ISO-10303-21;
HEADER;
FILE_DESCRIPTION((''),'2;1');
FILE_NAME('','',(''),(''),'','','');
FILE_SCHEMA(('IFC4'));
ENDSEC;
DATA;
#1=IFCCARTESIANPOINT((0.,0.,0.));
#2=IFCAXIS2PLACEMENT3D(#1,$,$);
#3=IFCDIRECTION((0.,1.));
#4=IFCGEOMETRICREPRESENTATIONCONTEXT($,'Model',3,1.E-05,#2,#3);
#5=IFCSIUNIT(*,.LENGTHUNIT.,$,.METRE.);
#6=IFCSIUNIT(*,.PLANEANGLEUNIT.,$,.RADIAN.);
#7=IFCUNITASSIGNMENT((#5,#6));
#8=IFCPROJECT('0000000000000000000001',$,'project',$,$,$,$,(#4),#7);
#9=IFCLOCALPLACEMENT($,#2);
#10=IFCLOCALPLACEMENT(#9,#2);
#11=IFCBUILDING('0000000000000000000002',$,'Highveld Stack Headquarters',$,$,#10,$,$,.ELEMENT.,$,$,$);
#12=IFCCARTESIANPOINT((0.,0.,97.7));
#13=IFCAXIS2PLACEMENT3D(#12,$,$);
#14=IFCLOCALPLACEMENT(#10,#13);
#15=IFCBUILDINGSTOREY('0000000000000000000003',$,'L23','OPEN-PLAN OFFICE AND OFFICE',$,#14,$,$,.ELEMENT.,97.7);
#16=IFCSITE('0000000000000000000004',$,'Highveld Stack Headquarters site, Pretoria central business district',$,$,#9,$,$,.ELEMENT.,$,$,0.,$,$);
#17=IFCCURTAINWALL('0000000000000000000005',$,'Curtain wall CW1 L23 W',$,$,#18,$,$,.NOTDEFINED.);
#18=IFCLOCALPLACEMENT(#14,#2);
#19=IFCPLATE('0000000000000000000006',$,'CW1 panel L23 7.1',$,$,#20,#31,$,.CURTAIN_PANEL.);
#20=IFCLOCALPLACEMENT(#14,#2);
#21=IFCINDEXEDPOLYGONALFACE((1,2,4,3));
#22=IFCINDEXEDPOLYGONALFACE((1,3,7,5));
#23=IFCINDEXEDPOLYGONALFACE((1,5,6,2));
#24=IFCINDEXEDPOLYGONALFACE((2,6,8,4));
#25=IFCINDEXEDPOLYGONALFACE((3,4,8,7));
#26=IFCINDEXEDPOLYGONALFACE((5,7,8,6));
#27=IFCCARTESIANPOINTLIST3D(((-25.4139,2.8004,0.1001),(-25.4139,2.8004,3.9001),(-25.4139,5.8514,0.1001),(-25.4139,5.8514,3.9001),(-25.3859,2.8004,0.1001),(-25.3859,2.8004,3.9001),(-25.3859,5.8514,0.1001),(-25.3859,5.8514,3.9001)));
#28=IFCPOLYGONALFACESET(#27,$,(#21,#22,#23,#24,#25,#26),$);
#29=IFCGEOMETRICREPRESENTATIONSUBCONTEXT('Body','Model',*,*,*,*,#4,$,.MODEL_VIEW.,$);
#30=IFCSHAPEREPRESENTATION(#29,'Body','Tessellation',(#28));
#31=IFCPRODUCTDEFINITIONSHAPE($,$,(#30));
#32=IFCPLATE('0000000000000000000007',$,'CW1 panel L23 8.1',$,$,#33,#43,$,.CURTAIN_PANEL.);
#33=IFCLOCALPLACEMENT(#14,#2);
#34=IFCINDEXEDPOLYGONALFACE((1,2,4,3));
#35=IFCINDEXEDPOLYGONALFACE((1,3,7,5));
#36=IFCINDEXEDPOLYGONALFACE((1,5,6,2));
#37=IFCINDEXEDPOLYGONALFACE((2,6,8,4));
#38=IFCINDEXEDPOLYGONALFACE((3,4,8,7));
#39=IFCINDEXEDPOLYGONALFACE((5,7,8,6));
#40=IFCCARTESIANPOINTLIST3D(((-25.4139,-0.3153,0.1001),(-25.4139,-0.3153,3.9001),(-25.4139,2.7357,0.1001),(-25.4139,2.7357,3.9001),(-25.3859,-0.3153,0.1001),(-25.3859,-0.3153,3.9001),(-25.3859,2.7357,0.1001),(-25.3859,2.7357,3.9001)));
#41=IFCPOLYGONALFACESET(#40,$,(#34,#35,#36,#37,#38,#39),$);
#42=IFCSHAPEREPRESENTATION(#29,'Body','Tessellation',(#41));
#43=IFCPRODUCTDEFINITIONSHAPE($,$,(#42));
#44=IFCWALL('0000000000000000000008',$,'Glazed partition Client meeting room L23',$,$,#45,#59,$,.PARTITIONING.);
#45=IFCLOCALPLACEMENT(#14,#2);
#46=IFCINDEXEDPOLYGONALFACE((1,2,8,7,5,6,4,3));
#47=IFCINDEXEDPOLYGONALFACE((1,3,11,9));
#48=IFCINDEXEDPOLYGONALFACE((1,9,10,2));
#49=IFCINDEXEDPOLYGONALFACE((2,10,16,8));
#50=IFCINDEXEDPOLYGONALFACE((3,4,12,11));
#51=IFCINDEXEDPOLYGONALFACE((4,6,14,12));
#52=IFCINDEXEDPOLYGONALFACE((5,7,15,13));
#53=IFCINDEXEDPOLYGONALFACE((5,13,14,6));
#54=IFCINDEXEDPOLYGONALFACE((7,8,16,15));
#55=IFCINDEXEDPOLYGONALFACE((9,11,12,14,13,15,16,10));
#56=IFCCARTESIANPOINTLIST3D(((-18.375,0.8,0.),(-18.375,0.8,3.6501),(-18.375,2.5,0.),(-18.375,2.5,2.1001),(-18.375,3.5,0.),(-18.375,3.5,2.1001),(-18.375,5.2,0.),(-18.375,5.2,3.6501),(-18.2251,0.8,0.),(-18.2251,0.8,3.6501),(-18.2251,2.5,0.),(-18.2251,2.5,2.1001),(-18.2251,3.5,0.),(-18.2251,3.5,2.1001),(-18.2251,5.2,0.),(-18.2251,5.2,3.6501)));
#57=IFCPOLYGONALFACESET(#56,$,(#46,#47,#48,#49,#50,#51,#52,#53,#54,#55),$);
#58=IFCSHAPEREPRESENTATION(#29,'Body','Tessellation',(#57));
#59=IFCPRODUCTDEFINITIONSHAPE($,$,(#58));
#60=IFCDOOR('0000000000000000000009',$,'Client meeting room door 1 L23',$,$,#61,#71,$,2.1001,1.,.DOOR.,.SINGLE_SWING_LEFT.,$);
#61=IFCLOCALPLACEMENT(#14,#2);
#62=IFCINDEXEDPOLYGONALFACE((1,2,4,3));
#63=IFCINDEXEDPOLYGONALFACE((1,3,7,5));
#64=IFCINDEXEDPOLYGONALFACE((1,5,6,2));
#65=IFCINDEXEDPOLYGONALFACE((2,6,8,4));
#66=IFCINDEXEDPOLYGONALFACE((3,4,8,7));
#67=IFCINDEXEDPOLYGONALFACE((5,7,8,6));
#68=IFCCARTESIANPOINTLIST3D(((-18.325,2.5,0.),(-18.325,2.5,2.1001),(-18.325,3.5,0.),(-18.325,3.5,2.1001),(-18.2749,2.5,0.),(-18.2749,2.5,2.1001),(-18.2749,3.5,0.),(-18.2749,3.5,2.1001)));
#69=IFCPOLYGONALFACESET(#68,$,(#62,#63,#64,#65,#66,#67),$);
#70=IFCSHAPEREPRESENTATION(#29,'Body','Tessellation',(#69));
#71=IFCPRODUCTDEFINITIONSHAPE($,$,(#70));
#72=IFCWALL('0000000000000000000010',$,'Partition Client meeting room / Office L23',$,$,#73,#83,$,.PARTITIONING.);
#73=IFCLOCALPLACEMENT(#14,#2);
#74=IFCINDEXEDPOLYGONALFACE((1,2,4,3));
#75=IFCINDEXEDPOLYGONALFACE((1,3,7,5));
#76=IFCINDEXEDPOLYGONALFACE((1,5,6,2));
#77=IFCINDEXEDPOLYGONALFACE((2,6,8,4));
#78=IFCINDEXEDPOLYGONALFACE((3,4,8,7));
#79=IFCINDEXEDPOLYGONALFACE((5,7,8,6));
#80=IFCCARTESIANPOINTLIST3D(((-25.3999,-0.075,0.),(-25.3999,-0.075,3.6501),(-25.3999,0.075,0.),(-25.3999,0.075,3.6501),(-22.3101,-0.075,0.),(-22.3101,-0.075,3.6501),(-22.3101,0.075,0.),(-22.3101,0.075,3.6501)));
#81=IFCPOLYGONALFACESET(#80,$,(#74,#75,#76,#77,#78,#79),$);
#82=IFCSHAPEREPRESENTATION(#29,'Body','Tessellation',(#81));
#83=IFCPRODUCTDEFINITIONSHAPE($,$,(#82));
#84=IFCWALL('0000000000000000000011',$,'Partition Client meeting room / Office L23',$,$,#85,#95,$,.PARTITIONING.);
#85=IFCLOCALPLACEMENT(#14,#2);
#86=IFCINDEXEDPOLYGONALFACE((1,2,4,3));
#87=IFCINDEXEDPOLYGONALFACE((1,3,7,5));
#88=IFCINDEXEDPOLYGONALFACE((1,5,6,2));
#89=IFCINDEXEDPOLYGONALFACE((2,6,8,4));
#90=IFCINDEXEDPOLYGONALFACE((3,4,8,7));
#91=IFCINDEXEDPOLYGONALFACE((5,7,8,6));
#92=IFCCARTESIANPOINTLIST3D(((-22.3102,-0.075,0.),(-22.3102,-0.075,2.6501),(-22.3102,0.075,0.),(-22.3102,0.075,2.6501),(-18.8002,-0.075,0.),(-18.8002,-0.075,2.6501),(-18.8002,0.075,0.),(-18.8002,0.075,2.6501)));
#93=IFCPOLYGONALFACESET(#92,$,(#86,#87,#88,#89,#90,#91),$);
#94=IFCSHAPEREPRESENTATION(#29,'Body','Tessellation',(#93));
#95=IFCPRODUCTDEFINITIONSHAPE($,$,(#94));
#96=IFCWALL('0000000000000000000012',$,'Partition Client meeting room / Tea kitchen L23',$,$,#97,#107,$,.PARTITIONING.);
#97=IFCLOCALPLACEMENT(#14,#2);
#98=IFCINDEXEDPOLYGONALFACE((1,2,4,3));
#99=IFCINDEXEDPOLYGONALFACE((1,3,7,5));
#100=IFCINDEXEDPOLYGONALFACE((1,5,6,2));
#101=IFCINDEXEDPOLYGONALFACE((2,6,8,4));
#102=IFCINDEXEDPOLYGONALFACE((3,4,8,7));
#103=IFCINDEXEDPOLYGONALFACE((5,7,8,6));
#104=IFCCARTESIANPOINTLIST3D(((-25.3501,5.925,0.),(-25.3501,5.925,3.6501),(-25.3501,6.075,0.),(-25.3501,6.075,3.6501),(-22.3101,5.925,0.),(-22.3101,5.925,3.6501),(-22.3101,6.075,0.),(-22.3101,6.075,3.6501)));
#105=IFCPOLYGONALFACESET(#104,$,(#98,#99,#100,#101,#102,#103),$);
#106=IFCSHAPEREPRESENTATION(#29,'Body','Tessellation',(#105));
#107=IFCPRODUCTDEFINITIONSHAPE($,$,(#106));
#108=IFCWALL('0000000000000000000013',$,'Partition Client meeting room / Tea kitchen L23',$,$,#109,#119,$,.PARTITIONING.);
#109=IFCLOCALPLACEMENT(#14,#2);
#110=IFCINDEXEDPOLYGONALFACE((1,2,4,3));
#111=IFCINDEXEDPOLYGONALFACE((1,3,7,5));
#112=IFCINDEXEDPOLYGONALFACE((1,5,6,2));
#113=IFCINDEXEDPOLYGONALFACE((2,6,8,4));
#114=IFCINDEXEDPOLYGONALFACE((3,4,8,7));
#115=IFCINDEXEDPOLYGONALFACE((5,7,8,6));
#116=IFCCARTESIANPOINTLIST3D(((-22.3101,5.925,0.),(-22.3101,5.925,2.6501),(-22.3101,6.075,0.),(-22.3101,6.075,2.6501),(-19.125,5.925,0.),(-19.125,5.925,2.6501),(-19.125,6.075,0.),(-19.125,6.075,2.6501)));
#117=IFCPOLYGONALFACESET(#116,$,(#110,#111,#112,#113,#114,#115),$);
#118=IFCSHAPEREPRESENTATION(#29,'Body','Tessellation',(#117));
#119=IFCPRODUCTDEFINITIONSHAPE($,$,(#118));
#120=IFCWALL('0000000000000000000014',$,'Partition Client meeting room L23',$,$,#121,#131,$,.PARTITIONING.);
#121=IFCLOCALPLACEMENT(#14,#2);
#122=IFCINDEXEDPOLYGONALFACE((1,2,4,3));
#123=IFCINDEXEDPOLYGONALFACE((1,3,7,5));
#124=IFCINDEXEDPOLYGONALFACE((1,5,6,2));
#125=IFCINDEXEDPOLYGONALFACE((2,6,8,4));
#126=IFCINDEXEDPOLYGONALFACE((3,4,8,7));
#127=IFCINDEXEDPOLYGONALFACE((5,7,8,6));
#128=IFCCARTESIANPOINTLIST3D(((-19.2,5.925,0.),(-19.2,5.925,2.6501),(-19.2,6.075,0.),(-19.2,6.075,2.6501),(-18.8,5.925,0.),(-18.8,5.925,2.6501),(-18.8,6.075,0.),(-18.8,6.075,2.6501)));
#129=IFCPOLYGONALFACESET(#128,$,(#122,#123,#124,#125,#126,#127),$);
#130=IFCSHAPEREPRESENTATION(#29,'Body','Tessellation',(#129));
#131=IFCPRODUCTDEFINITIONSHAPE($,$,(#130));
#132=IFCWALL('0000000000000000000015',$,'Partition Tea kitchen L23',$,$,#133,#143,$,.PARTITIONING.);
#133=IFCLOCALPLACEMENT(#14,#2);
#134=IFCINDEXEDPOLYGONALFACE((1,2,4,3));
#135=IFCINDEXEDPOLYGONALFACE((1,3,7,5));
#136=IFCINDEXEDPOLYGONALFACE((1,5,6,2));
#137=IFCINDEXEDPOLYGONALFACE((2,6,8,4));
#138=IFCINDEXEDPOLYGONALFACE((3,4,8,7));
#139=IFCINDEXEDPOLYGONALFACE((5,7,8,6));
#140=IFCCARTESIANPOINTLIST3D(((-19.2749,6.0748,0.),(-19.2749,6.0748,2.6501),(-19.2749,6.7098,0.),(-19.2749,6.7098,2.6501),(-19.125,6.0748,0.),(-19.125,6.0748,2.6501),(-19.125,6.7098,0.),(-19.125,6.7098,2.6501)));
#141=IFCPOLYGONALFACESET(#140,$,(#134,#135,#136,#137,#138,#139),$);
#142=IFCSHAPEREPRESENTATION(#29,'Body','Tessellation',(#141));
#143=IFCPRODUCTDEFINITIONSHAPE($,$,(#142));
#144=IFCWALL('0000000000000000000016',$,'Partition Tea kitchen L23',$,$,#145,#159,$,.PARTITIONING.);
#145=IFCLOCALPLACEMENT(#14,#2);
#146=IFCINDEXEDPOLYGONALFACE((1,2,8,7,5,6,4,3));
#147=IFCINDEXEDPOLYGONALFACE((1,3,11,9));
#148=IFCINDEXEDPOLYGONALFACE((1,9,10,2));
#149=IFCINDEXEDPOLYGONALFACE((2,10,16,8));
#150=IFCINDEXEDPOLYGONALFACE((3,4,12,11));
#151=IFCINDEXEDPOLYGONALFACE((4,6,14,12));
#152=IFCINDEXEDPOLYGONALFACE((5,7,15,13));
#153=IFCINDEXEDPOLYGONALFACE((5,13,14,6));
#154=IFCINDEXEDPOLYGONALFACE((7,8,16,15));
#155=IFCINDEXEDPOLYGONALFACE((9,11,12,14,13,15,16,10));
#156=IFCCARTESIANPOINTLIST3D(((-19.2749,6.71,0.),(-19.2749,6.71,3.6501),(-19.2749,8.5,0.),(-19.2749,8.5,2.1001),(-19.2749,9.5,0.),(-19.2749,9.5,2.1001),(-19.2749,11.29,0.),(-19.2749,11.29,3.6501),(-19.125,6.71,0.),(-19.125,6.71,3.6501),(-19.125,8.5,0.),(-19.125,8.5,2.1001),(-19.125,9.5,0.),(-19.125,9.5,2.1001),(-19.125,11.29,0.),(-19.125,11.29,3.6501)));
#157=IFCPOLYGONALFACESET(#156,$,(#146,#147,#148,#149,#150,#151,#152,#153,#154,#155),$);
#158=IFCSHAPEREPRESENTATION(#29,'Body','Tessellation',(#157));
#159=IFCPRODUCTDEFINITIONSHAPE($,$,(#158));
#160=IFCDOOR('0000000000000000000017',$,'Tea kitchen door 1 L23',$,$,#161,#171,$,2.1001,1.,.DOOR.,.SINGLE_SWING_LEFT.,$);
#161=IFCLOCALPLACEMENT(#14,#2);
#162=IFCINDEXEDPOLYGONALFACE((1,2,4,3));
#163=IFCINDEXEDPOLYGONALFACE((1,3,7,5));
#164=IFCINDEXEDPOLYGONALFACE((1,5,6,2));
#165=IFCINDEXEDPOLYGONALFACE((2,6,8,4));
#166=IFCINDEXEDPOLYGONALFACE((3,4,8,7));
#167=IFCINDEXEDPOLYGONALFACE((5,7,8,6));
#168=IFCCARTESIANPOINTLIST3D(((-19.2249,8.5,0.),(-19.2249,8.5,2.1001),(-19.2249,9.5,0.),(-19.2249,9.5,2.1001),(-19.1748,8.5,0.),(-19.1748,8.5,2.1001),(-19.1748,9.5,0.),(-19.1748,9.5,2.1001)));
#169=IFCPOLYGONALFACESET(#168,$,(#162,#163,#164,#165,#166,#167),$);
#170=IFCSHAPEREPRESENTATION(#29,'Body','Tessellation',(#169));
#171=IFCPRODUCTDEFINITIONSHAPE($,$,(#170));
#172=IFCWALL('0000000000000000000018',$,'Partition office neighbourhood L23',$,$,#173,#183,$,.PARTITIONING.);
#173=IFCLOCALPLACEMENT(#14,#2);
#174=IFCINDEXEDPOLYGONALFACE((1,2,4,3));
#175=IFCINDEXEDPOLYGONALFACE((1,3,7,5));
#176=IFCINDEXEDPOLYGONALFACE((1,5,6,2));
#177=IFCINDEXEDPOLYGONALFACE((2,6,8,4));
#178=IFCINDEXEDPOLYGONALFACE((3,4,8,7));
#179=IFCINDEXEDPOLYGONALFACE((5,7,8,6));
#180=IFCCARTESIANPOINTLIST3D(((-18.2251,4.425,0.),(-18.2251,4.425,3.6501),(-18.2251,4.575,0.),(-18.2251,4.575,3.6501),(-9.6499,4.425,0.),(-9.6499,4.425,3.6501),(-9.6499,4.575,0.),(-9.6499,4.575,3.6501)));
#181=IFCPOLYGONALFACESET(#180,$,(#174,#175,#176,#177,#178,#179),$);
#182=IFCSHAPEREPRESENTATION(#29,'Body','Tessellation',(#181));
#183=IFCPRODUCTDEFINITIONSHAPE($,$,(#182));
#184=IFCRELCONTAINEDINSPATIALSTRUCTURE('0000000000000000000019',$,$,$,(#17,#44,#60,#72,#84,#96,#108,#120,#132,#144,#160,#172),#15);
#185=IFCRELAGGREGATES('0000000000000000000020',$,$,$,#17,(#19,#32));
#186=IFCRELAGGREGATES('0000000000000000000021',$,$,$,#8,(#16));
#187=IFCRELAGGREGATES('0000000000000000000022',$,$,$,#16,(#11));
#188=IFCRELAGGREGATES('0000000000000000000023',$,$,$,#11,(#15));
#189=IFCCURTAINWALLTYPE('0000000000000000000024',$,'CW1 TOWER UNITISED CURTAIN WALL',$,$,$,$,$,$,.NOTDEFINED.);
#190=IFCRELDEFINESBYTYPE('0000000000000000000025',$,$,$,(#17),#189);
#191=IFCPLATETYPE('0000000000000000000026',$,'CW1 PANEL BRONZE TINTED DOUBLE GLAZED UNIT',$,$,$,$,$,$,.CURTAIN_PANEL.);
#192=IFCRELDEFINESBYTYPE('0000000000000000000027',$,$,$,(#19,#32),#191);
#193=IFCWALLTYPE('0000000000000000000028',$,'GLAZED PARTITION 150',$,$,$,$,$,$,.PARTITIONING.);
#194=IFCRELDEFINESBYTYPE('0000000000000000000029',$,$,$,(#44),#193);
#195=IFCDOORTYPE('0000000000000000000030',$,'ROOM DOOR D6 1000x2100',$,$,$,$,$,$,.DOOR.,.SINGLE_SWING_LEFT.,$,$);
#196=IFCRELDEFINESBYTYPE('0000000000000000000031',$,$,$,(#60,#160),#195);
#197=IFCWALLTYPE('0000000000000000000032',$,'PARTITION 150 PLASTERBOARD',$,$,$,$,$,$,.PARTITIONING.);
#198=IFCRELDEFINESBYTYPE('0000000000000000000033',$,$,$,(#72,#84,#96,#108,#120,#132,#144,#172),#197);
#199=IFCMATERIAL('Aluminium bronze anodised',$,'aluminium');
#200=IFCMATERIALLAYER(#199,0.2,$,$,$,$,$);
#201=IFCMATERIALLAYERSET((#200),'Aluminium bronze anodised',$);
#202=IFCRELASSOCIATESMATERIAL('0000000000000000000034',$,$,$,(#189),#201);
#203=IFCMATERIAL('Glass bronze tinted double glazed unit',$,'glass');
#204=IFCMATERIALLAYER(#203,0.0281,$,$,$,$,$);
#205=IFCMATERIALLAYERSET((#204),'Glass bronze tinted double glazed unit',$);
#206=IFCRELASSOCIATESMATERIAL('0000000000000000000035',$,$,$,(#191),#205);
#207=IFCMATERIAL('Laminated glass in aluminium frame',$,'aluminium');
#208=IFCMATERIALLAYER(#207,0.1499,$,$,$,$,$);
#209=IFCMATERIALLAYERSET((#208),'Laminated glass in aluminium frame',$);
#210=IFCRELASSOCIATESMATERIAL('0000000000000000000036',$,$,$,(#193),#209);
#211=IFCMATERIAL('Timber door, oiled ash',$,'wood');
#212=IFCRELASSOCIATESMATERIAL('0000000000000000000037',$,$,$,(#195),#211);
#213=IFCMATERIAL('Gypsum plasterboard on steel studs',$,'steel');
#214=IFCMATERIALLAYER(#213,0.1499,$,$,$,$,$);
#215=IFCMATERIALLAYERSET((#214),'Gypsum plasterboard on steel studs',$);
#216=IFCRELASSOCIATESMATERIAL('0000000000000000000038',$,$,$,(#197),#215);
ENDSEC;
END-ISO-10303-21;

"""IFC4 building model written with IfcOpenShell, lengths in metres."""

from ifc_helpers import new_model, si_unit, direction, frame, frame_2d, origin, origin_2d, place, context, subcontext, project, spatial, rectangle, extrude, material, layer, layer_set, type_object, element, fill, aggregate, save


model = new_model("IFC4")

# Units and contexts
model_context = context("Model", 3, precision=1e-05, world=origin(), true_north=direction((0.0, 1.0)))
body_context = subcontext(model_context, "Body", "Model", "MODEL_VIEW")
ifc_project = project(units=[si_unit("LENGTHUNIT", "METRE"), si_unit("PLANEANGLEUNIT", "RADIAN")], contexts=[model_context])

# Site, building, storey
site_placement = place(None, origin())
site = spatial("IfcSite", under=ifc_project, at=site_placement, Name="Highveld Stack Headquarters site, Pretoria central business district", CompositionType="ELEMENT", RefElevation=0.0)
building_placement = place(site_placement, origin())
building = spatial("IfcBuilding", under=site, at=building_placement, Name="Highveld Stack Headquarters", CompositionType="ELEMENT")
storey_placement = place(building_placement, frame((0.0, 0.0, 97.7)))
storey = spatial("IfcBuildingStorey", under=building, at=storey_placement, Name="L23", Description="OPEN-PLAN OFFICE AND OFFICE", CompositionType="ELEMENT", Elevation=97.7)

# Curtain wall
ifc_material_1 = material(Name="Aluminium bronze anodised", Category="aluminium")
ifc_layer_1 = layer(ifc_material_1, 0.2)
ifc_layer_set_1 = layer_set([ifc_layer_1], Name="Aluminium bronze anodised")
curtain_wall_type = type_object("IfcCurtainWallType", Name="CW1 TOWER UNITISED CURTAIN WALL", PredefinedType="NOTDEFINED", material=ifc_layer_set_1)
curtain_wall_placement = place(storey_placement, origin())
curtain_wall = element("IfcCurtainWall", 1, at=curtain_wall_placement, inside=storey, type_object=curtain_wall_type, Name="Curtain wall CW1 L23 W", PredefinedType="NOTDEFINED")

# Plates
ifc_material_2 = material(Name="Glass bronze tinted double glazed unit", Category="glass")
ifc_layer_2 = layer(ifc_material_2, 0.0281)
ifc_layer_set_2 = layer_set([ifc_layer_2], Name="Glass bronze tinted double glazed unit")
plate_type = type_object("IfcPlateType", Name="CW1 PANEL BRONZE TINTED DOUBLE GLAZED UNIT", PredefinedType="CURTAIN_PANEL", material=ifc_layer_set_2)
plate_1_placement = place(storey_placement, frame((-25.3999, 4.3259, 0.1001), z_axis=(0.0, 0.0, 1.0), x_axis=(0.0, -1.0, 0.0)))
plate_1 = element("IfcPlate", 2, at=plate_1_placement, type_object=plate_type, Name="CW1 panel L23 7.1", PredefinedType="CURTAIN_PANEL", context=body_context, shape_type="SweptSolid", body=[
    extrude(rectangle(XDim=3.051, YDim=0.0281, at=origin_2d()), origin(), (0.0, 0.0, 1.0), 3.8),
])
plate_2_placement = place(storey_placement, frame((-25.3999, 1.2102, 0.1001), z_axis=(0.0, 0.0, 1.0), x_axis=(0.0, -1.0, 0.0)))
plate_2 = element("IfcPlate", 3, at=plate_2_placement, type_object=plate_type, Name="CW1 panel L23 8.1", PredefinedType="CURTAIN_PANEL", context=body_context, shape_type="SweptSolid", body=[
    extrude(rectangle(XDim=3.051, YDim=0.0281, at=origin_2d()), origin(), (0.0, 0.0, 1.0), 3.8),
])
aggregate(curtain_wall, [plate_1, plate_2])

# Wall, opening, door
ifc_material_3 = material(Name="Laminated glass in aluminium frame", Category="aluminium")
ifc_layer_3 = layer(ifc_material_3, 0.1499)
ifc_layer_set_3 = layer_set([ifc_layer_3], Name="Laminated glass in aluminium frame")
wall_type_1 = type_object("IfcWallType", Name="GLAZED PARTITION 150", PredefinedType="PARTITIONING", material=ifc_layer_set_3)
wall_1_placement = place(storey_placement, frame((-18.3, 0.8, 0.0), z_axis=(0.0, 0.0, 1.0), x_axis=(0.0, 1.0, 0.0)))
wall_1 = element("IfcWall", 4, at=wall_1_placement, inside=storey, type_object=wall_type_1, Name="Glazed partition Client meeting room L23", PredefinedType="PARTITIONING", context=body_context, shape_type="SweptSolid", body=[
    extrude(rectangle(XDim=4.3999, YDim=0.1499, at=frame_2d((2.2, 0.0))), origin(), (0.0, 0.0, 1.0), 3.6501),
])
opening_1_placement = place(wall_1_placement, frame((1.7, 0.0, 0.0)))
opening_1 = element("IfcOpeningElement", 5, at=opening_1_placement, cuts=wall_1, PredefinedType="OPENING", context=body_context, shape_type="SweptSolid", body=[
    extrude(rectangle(XDim=1.0, YDim=2.1001, at=frame_2d((0.5, 1.05))), frame((0.0, 0.085, 0.0), z_axis=(0.0, -1.0, 0.0), x_axis=(1.0, 0.0, 0.0)), (0.0, 0.0, 1.0), 0.1699),
])
ifc_material_4 = material(Name="Timber door, oiled ash", Category="wood")
door_type = type_object("IfcDoorType", Name="ROOM DOOR D6 1000x2100", OperationType="SINGLE_SWING_LEFT", PredefinedType="DOOR", material=ifc_material_4)
door_1_placement = place(opening_1_placement, origin())
door_1 = element("IfcDoor", 6, at=door_1_placement, inside=storey, type_object=door_type, Name="Client meeting room door 1 L23", OperationType="SINGLE_SWING_LEFT", OverallHeight=2.1001, OverallWidth=1.0, PredefinedType="DOOR", context=body_context, shape_type="SweptSolid", body=[
    extrude(rectangle(XDim=1.0, YDim=2.1001, at=frame_2d((0.5, 1.05))), frame((0.0, 0.0249, 0.0), z_axis=(0.0, -1.0, 0.0), x_axis=(1.0, 0.0, 0.0)), (0.0, 0.0, 1.0), 0.05),
])
fill(opening_1, door_1)

# Walls
ifc_material_5 = material(Name="Gypsum plasterboard on steel studs", Category="steel")
ifc_layer_4 = layer(ifc_material_5, 0.1499)
ifc_layer_set_4 = layer_set([ifc_layer_4], Name="Gypsum plasterboard on steel studs")
wall_type_2 = type_object("IfcWallType", Name="PARTITION 150 PLASTERBOARD", PredefinedType="PARTITIONING", material=ifc_layer_set_4)
wall_2_placement = place(storey_placement, frame((-25.3999, 0.0, 0.0), z_axis=(0.0, 0.0, 1.0), x_axis=(1.0, 0.0, 0.0)))
element("IfcWall", 7, at=wall_2_placement, inside=storey, type_object=wall_type_2, Name="Partition Client meeting room / Office L23", PredefinedType="PARTITIONING", context=body_context, shape_type="SweptSolid", body=[
    extrude(rectangle(XDim=3.0898, YDim=0.1499, at=frame_2d((1.5449, 0.0))), origin(), (0.0, 0.0, 1.0), 3.6501),
])
wall_3_placement = place(storey_placement, frame((-22.3101, 0.0, 0.0), z_axis=(0.0, 0.0, 1.0), x_axis=(1.0, 0.0, 0.0)))
element("IfcWall", 8, at=wall_3_placement, inside=storey, type_object=wall_type_2, Name="Partition Client meeting room / Office L23", PredefinedType="PARTITIONING", context=body_context, shape_type="SweptSolid", body=[
    extrude(rectangle(XDim=3.51, YDim=0.1499, at=frame_2d((1.7549, 0.0))), origin(), (0.0, 0.0, 1.0), 2.6501),
])
wall_4_placement = place(storey_placement, frame((-25.3501, 6.0, 0.0), z_axis=(0.0, 0.0, 1.0), x_axis=(1.0, 0.0, 0.0)))
element("IfcWall", 9, at=wall_4_placement, inside=storey, type_object=wall_type_2, Name="Partition Client meeting room / Tea kitchen L23", PredefinedType="PARTITIONING", context=body_context, shape_type="SweptSolid", body=[
    extrude(rectangle(XDim=3.04, YDim=0.1499, at=frame_2d((1.52, 0.0))), origin(), (0.0, 0.0, 1.0), 3.6501),
])
wall_5_placement = place(storey_placement, frame((-22.3101, 6.0, 0.0), z_axis=(0.0, 0.0, 1.0), x_axis=(1.0, 0.0, 0.0)))
element("IfcWall", 10, at=wall_5_placement, inside=storey, type_object=wall_type_2, Name="Partition Client meeting room / Tea kitchen L23", PredefinedType="PARTITIONING", context=body_context, shape_type="SweptSolid", body=[
    extrude(rectangle(XDim=3.1851, YDim=0.1499, at=frame_2d((1.5925, 0.0))), origin(), (0.0, 0.0, 1.0), 2.6501),
])
wall_6_placement = place(storey_placement, frame((-19.2, 6.0, 0.0), z_axis=(0.0, 0.0, 1.0), x_axis=(1.0, 0.0, 0.0)))
element("IfcWall", 11, at=wall_6_placement, inside=storey, type_object=wall_type_2, Name="Partition Client meeting room L23", PredefinedType="PARTITIONING", context=body_context, shape_type="SweptSolid", body=[
    extrude(rectangle(XDim=0.3999, YDim=0.1499, at=frame_2d((0.2, 0.0))), origin(), (0.0, 0.0, 1.0), 2.6501),
])
wall_7_placement = place(storey_placement, frame((-19.2, 6.075, 0.0), z_axis=(0.0, 0.0, 1.0), x_axis=(0.0, 1.0, 0.0)))
element("IfcWall", 12, at=wall_7_placement, inside=storey, type_object=wall_type_2, Name="Partition Tea kitchen L23", PredefinedType="PARTITIONING", context=body_context, shape_type="SweptSolid", body=[
    extrude(rectangle(XDim=0.635, YDim=0.1499, at=frame_2d((0.3174, 0.0))), origin(), (0.0, 0.0, 1.0), 2.6501),
])

# Wall, opening, door
wall_8_placement = place(storey_placement, frame((-19.2, 6.71, 0.0), z_axis=(0.0, 0.0, 1.0), x_axis=(0.0, 1.0, 0.0)))
wall_8 = element("IfcWall", 13, at=wall_8_placement, inside=storey, type_object=wall_type_2, Name="Partition Tea kitchen L23", PredefinedType="PARTITIONING", context=body_context, shape_type="SweptSolid", body=[
    extrude(rectangle(XDim=4.5801, YDim=0.1499, at=frame_2d((2.29, 0.0))), origin(), (0.0, 0.0, 1.0), 3.6501),
])
opening_2_placement = place(wall_8_placement, frame((1.79, 0.0, 0.0)))
opening_2 = element("IfcOpeningElement", 14, at=opening_2_placement, cuts=wall_8, PredefinedType="OPENING", context=body_context, shape_type="SweptSolid", body=[
    extrude(rectangle(XDim=1.0, YDim=2.1001, at=frame_2d((0.5, 1.05))), frame((0.0, 0.085, 0.0), z_axis=(0.0, -1.0, 0.0), x_axis=(1.0, 0.0, 0.0)), (0.0, 0.0, 1.0), 0.1699),
])
door_2_placement = place(opening_2_placement, origin())
door_2 = element("IfcDoor", 15, at=door_2_placement, inside=storey, type_object=door_type, Name="Tea kitchen door 1 L23", OperationType="SINGLE_SWING_LEFT", OverallHeight=2.1001, OverallWidth=1.0, PredefinedType="DOOR", context=body_context, shape_type="SweptSolid", body=[
    extrude(rectangle(XDim=1.0, YDim=2.1001, at=frame_2d((0.5, 1.05))), frame((0.0, 0.0249, 0.0), z_axis=(0.0, -1.0, 0.0), x_axis=(1.0, 0.0, 0.0)), (0.0, 0.0, 1.0), 0.05),
])
fill(opening_2, door_2)

# Wall
wall_9_placement = place(storey_placement, frame((-18.2251, 4.5, 0.0), z_axis=(0.0, 0.0, 1.0), x_axis=(1.0, 0.0, 0.0)))
element("IfcWall", 16, at=wall_9_placement, inside=storey, type_object=wall_type_2, Name="Partition office neighbourhood L23", PredefinedType="PARTITIONING", context=body_context, shape_type="SweptSolid", body=[
    extrude(rectangle(XDim=8.5752, YDim=0.1499, at=frame_2d((4.2876, 0.0))), origin(), (0.0, 0.0, 1.0), 3.6501),
])

save(model, "model.ifc")
